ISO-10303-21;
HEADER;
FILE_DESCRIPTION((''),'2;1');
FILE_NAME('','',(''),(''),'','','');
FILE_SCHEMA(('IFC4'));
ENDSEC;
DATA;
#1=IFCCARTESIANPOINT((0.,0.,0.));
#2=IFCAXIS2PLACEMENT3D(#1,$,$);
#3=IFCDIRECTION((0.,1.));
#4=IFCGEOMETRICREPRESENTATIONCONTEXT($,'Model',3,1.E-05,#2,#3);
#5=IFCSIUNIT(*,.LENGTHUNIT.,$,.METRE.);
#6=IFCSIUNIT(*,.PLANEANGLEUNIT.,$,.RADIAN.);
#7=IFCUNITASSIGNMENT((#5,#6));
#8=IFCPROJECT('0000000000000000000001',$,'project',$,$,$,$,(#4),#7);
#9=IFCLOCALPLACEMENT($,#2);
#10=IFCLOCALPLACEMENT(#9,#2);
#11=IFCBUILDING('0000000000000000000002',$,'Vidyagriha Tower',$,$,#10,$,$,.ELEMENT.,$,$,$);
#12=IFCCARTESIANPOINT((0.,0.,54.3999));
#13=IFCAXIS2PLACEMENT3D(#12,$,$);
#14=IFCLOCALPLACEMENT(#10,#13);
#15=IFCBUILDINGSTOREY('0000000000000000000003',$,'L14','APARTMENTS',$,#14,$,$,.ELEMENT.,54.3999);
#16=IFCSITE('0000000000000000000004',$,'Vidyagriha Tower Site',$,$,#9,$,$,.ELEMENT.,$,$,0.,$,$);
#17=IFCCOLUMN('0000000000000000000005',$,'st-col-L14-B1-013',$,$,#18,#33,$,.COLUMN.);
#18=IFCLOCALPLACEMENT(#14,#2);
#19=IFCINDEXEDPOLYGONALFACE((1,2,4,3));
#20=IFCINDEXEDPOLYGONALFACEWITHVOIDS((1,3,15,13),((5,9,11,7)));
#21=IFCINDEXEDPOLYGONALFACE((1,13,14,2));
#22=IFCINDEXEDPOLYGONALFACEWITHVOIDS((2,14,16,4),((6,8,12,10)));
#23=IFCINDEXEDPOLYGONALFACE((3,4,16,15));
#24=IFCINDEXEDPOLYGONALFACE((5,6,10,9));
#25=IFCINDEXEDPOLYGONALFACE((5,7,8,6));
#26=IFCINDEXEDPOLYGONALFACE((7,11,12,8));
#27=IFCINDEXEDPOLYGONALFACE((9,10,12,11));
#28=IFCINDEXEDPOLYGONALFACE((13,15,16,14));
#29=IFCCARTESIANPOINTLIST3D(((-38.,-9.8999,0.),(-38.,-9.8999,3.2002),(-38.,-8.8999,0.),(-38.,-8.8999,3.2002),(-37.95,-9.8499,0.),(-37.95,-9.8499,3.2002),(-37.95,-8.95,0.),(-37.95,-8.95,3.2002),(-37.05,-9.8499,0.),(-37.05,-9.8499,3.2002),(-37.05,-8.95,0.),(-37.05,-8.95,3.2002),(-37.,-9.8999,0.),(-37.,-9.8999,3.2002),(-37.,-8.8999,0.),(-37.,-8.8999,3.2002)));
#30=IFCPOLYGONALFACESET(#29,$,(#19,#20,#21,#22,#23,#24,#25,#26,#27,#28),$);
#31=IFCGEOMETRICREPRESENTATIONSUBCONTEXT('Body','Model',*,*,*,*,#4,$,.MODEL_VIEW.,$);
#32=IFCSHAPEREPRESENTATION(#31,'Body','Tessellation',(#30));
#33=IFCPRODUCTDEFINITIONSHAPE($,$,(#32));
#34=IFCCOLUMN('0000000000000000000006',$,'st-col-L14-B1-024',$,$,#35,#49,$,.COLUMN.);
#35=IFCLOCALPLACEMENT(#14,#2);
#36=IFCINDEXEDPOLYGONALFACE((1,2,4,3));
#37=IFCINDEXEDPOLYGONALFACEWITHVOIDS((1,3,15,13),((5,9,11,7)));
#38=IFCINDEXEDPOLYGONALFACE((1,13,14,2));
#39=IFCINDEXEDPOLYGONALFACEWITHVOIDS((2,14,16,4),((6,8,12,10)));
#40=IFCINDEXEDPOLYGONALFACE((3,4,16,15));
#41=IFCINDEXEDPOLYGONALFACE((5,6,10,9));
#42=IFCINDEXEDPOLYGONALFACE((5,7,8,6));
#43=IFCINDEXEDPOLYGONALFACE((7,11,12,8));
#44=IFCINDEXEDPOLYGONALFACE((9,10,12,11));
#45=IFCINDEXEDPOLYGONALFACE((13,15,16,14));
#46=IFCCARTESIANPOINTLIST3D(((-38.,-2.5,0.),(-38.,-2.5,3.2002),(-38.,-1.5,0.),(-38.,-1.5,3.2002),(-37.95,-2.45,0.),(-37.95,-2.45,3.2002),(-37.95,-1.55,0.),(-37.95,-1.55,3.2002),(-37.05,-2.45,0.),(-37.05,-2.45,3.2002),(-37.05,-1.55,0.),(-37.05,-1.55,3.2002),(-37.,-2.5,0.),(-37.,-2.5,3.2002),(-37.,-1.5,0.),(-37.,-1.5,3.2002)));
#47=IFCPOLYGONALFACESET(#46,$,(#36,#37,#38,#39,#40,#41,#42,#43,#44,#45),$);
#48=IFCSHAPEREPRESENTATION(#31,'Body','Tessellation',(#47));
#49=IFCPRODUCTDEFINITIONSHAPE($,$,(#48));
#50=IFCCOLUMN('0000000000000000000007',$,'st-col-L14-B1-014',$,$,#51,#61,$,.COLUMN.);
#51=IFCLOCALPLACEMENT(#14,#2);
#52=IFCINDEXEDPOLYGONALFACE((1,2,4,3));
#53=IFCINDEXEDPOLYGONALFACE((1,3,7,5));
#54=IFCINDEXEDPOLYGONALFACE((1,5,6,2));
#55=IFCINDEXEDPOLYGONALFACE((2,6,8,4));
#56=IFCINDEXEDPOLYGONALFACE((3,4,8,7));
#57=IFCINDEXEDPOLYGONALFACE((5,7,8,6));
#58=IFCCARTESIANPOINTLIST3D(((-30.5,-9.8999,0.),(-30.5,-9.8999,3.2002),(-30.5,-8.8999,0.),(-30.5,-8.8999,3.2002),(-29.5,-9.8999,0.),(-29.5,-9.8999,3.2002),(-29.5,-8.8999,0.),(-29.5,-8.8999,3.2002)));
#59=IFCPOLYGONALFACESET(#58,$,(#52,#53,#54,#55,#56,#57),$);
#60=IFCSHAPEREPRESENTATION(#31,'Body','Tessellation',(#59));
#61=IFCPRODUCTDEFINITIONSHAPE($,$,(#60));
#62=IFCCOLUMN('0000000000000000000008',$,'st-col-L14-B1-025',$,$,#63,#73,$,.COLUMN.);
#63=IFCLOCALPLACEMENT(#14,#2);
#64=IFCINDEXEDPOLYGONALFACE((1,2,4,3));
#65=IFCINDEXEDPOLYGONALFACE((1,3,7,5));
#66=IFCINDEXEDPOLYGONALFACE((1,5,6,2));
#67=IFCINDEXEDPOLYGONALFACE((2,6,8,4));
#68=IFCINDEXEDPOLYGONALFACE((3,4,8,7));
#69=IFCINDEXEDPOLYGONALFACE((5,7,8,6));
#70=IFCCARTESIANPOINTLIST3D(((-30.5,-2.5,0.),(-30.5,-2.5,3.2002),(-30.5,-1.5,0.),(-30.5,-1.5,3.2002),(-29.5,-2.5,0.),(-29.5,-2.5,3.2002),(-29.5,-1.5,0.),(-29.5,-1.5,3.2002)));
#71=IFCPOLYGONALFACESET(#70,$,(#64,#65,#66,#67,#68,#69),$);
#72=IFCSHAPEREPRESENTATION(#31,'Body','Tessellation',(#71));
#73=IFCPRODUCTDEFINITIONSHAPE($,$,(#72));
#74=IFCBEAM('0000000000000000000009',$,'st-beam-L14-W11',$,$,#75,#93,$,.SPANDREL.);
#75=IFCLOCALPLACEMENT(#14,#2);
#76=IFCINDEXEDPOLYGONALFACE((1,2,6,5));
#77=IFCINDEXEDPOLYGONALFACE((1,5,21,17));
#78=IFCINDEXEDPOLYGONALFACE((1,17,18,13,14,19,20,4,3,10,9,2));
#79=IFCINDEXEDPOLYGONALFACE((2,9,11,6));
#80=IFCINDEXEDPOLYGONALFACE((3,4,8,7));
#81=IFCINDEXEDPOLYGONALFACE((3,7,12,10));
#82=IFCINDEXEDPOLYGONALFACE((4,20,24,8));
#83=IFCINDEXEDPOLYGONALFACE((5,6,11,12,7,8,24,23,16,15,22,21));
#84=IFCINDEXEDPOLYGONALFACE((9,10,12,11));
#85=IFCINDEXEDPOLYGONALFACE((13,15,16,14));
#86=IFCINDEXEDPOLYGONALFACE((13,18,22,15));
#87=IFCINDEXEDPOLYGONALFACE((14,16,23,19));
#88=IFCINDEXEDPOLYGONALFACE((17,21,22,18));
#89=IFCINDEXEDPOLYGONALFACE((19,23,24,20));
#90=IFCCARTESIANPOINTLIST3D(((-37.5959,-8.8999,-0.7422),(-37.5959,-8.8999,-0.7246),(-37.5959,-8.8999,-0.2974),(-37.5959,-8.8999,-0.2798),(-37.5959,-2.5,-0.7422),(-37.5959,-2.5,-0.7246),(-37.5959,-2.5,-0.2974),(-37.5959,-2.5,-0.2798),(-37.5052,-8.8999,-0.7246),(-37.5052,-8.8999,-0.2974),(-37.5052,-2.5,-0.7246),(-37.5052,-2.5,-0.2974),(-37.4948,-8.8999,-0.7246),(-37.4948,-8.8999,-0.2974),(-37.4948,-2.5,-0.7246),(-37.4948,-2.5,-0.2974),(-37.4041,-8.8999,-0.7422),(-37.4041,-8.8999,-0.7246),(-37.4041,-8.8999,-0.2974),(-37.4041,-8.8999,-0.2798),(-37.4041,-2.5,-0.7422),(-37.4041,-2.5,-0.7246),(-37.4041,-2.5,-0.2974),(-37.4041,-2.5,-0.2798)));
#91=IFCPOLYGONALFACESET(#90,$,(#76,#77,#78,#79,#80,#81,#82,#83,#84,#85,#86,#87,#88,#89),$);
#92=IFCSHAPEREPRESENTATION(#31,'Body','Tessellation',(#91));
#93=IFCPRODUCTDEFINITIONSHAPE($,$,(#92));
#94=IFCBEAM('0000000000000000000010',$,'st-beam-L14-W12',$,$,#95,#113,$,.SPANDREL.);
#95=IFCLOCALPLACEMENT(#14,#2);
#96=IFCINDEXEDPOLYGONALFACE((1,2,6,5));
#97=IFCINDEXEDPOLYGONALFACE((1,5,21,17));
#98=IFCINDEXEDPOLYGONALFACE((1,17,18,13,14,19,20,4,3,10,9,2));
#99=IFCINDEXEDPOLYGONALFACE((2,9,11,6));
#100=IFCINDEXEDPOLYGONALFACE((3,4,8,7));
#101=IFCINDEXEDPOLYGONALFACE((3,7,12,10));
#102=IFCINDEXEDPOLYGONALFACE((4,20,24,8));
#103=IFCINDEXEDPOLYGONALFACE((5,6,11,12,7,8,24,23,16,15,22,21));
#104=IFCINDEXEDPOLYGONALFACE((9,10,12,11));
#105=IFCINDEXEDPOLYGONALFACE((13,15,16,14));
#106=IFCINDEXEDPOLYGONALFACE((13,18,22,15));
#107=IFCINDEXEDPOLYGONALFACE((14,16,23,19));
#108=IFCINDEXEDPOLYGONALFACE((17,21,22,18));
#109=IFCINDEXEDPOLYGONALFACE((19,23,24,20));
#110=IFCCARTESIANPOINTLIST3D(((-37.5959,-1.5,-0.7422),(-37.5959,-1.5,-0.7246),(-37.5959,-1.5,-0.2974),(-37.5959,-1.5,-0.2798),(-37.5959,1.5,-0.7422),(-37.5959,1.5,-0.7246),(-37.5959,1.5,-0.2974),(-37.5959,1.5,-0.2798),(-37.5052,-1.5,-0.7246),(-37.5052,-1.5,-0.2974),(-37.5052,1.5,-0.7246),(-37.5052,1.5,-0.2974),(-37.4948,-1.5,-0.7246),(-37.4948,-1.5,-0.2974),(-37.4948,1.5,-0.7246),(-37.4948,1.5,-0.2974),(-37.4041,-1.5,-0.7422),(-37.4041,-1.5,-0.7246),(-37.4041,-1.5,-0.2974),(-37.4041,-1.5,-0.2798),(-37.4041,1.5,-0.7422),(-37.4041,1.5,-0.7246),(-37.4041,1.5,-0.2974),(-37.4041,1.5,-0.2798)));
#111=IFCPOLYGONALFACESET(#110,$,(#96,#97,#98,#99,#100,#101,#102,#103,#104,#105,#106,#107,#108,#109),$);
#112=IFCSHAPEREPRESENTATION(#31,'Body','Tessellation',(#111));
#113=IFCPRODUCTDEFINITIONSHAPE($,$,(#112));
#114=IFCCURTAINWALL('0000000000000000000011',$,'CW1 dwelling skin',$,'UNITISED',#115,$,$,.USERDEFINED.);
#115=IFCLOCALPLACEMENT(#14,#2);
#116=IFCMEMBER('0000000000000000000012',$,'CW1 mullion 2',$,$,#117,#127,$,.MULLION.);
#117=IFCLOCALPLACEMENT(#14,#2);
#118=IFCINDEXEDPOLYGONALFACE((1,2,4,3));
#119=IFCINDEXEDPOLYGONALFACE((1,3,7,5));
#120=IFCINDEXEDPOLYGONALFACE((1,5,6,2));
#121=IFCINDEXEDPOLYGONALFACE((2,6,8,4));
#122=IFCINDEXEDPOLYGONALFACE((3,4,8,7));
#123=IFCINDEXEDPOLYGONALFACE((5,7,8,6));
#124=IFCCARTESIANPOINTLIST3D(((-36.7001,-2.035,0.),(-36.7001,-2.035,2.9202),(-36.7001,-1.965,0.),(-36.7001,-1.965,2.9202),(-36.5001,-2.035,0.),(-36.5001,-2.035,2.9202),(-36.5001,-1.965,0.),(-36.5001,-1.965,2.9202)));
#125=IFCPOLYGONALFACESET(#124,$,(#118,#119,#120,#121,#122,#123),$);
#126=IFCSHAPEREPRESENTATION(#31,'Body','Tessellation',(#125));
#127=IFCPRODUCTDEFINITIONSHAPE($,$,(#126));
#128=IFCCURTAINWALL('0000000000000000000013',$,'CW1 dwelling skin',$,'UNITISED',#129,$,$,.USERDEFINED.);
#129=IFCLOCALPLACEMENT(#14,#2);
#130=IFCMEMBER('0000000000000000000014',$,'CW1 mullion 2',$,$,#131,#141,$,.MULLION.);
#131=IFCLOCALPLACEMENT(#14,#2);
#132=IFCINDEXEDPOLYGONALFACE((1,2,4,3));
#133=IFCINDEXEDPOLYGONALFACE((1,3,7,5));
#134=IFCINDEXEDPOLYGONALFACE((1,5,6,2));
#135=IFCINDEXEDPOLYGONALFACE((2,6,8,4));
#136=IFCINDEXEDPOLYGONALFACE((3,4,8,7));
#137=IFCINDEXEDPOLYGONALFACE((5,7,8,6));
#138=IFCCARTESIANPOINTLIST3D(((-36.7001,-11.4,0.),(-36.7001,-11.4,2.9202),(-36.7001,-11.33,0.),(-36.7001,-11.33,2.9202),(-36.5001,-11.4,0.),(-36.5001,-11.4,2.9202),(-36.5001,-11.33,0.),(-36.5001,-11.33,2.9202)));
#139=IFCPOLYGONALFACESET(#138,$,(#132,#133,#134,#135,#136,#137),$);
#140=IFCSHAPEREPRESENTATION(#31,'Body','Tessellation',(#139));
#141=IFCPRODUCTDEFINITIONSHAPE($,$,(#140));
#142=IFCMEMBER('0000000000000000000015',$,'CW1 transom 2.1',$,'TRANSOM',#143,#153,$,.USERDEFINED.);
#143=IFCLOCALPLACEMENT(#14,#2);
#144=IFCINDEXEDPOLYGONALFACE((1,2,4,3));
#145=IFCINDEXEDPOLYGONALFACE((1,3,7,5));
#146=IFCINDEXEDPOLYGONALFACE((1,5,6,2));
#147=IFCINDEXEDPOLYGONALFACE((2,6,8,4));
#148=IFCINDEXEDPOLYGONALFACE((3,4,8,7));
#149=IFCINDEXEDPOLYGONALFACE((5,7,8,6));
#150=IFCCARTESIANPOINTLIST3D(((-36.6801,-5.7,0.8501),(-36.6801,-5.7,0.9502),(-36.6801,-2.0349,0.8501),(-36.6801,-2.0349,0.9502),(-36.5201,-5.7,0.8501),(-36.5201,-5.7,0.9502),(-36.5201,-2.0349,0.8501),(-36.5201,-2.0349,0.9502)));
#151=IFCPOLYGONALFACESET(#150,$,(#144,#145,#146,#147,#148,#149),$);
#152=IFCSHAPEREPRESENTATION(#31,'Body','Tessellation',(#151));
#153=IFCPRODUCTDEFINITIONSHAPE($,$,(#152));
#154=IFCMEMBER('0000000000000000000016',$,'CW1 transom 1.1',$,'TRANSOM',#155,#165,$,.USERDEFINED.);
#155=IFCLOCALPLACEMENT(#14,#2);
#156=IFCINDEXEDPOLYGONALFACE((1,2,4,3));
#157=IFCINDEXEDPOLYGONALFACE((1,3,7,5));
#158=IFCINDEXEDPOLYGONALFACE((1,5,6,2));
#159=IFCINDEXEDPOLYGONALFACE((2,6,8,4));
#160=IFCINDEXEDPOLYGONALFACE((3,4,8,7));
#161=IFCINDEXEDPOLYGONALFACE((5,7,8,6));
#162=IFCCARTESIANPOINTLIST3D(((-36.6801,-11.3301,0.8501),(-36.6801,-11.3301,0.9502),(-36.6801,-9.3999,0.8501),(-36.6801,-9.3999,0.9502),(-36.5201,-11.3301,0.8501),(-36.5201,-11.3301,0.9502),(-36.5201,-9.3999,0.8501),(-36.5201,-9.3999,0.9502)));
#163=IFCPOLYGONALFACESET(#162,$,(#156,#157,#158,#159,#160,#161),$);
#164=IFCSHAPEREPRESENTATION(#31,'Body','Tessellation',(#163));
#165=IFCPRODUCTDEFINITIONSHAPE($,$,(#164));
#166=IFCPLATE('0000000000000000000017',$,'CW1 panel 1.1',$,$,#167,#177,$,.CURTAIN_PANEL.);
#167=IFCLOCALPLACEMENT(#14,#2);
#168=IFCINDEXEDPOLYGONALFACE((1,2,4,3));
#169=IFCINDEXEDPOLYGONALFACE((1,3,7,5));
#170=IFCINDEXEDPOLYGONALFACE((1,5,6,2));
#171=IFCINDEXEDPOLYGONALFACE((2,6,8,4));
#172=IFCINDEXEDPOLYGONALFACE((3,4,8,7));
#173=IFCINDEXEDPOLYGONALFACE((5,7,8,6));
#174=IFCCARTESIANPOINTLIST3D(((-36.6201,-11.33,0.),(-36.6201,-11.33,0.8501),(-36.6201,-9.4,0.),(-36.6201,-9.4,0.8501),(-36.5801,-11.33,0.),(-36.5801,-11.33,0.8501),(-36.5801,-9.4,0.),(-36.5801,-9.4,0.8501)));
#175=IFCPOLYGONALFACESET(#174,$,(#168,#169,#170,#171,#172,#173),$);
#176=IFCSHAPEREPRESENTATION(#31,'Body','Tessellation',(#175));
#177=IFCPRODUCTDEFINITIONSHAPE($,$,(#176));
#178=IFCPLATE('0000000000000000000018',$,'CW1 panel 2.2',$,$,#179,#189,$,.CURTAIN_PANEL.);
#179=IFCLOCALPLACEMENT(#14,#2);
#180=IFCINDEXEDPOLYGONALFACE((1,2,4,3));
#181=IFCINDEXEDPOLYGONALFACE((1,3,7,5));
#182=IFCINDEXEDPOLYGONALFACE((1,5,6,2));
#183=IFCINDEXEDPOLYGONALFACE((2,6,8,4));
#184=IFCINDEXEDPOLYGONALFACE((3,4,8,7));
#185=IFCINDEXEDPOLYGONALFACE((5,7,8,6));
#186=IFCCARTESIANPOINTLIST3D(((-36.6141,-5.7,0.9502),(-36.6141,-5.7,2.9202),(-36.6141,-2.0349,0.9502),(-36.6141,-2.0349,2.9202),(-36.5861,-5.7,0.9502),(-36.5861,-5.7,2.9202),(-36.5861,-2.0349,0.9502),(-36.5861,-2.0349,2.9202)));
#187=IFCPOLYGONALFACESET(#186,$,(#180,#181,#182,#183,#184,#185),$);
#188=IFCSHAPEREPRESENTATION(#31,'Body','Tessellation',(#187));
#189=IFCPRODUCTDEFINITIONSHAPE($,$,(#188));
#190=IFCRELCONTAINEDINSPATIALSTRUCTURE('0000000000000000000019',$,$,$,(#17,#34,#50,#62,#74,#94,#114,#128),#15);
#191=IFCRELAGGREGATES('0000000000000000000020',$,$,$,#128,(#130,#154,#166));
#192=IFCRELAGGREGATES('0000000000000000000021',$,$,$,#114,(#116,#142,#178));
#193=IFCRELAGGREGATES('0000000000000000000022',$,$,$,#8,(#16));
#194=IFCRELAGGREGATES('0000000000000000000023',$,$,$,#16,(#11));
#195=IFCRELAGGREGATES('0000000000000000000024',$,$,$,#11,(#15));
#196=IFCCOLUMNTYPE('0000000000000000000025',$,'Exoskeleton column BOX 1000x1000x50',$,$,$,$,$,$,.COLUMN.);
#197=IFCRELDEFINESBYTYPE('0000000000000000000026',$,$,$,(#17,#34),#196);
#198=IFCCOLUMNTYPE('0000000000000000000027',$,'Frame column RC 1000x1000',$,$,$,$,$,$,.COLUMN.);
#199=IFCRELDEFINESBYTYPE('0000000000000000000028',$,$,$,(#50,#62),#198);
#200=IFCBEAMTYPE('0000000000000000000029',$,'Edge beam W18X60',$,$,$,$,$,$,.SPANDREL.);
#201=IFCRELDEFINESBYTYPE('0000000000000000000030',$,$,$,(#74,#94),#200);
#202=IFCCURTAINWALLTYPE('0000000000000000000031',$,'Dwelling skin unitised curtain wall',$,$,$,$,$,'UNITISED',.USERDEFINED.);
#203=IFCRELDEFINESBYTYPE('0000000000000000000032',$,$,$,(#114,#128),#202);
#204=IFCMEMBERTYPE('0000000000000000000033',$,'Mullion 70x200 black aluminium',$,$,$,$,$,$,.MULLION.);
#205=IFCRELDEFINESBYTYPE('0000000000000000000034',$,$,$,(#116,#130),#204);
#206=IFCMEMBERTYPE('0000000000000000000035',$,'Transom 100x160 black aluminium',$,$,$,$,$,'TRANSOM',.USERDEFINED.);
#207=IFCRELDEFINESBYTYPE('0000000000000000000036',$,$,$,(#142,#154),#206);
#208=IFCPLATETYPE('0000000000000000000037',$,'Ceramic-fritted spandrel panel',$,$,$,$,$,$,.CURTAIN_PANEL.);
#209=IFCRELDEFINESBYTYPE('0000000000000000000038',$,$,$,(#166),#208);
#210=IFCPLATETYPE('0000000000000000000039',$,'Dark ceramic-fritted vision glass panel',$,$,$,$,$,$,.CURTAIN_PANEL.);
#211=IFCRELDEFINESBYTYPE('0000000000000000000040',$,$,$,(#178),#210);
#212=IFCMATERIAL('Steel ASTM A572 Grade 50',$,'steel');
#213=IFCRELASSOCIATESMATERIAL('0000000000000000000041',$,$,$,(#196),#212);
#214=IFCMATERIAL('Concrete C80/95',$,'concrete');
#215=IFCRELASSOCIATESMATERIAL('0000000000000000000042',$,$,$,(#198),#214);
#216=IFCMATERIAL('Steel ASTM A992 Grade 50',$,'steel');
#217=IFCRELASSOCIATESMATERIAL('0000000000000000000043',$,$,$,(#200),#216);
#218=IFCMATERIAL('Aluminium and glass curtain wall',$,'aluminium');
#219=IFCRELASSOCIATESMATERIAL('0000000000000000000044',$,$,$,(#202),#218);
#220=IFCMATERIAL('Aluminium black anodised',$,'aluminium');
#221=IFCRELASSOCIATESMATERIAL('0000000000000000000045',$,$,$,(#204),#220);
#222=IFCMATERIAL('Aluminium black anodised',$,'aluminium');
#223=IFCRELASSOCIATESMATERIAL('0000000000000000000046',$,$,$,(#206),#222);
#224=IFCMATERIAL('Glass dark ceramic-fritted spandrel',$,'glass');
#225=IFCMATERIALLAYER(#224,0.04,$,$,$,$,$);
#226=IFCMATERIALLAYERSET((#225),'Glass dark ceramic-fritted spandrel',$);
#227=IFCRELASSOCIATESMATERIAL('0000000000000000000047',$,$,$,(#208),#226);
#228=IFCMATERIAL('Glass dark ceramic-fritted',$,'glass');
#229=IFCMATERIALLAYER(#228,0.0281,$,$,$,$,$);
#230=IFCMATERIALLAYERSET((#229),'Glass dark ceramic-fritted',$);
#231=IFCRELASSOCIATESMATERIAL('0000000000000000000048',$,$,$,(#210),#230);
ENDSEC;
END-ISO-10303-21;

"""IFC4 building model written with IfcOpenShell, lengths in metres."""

from ifc_helpers import new_model, si_unit, direction, frame, origin, origin_2d, place, context, subcontext, project, spatial, rectangle, hollow_rectangle, i_section, extrude, material, layer, layer_set, material_profile, profile_set, type_object, element, aggregate, save


model = new_model("IFC4")

# Units and contexts
model_context = context("Model", 3, precision=1e-05, world=origin(), true_north=direction((0.0, 1.0)))
body_context = subcontext(model_context, "Body", "Model", "MODEL_VIEW")
ifc_project = project(units=[si_unit("LENGTHUNIT", "METRE"), si_unit("PLANEANGLEUNIT", "RADIAN")], contexts=[model_context])

# Site, building, storey
site_placement = place(None, origin())
site = spatial("IfcSite", under=ifc_project, at=site_placement, Name="Vidyagriha Tower Site", CompositionType="ELEMENT", RefElevation=0.0)
building_placement = place(site_placement, origin())
building = spatial("IfcBuilding", under=site, at=building_placement, Name="Vidyagriha Tower", CompositionType="ELEMENT")
storey_placement = place(building_placement, frame((0.0, 0.0, 54.3999)))
storey = spatial("IfcBuildingStorey", under=building, at=storey_placement, Name="L14", Description="APARTMENTS", CompositionType="ELEMENT", Elevation=54.3999)

# Columns
ifc_material_1 = material(Name="Steel ASTM A572 Grade 50", Category="steel")
ifc_material_profile_1 = material_profile(ifc_material_1, hollow_rectangle(XDim=1.0, YDim=1.0, WallThickness=0.05, at=origin_2d()), Name="BOX 1000x1000x50")
ifc_profile_set_1 = profile_set([ifc_material_profile_1], Name="Steel ASTM A572 Grade 50")
column_type_1 = type_object("IfcColumnType", Name="Exoskeleton column BOX 1000x1000x50", PredefinedType="COLUMN", material=ifc_profile_set_1)
for number, where, name in (
    (1, (-37.5, -9.3999, 0.0), "st-col-L14-B1-013"),
    (2, (-37.5, -2.0, 0.0), "st-col-L14-B1-024"),
):
    element("IfcColumn", number, at=place(storey_placement, frame(where)), inside=storey, type_object=column_type_1, Name=name, PredefinedType="COLUMN", context=body_context, shape_type="SweptSolid", body=[
        extrude(hollow_rectangle(XDim=1.0, YDim=1.0, WallThickness=0.05, at=origin_2d()), origin(), (0.0, 0.0, 1.0), 3.2002),
    ])
ifc_material_2 = material(Name="Concrete C80/95", Category="concrete")
ifc_material_profile_2 = material_profile(ifc_material_2, rectangle(XDim=1.0, YDim=1.0, at=origin_2d()), Name="RC 1000x1000")
ifc_profile_set_2 = profile_set([ifc_material_profile_2], Name="Concrete C80/95")
column_type_2 = type_object("IfcColumnType", Name="Frame column RC 1000x1000", PredefinedType="COLUMN", material=ifc_profile_set_2)
for number, where, name in (
    (3, (-30.0, -9.3999, 0.0), "st-col-L14-B1-014"),
    (4, (-30.0, -2.0, 0.0), "st-col-L14-B1-025"),
):
    element("IfcColumn", number, at=place(storey_placement, frame(where)), inside=storey, type_object=column_type_2, Name=name, PredefinedType="COLUMN", context=body_context, shape_type="SweptSolid", body=[
        extrude(rectangle(XDim=1.0, YDim=1.0, at=origin_2d()), origin(), (0.0, 0.0, 1.0), 3.2002),
    ])

# Beams
ifc_material_3 = material(Name="Steel ASTM A992 Grade 50", Category="steel")
ifc_material_profile_3 = material_profile(ifc_material_3, i_section(OverallWidth=0.1919, OverallDepth=0.4624, WebThickness=0.0105, FlangeThickness=0.0176, at=origin_2d()), Name="W18X60")
ifc_profile_set_3 = profile_set([ifc_material_profile_3], Name="Steel ASTM A992 Grade 50")
beam_type = type_object("IfcBeamType", Name="Edge beam W18X60", PredefinedType="SPANDREL", material=ifc_profile_set_3)
beam_1_placement = place(storey_placement, frame((-37.5, -8.8999, -0.511), z_axis=(0.0, 1.0, 0.0), x_axis=(-1.0, 0.0, 0.0)))
element("IfcBeam", 5, at=beam_1_placement, inside=storey, type_object=beam_type, Name="st-beam-L14-W11", PredefinedType="SPANDREL", context=body_context, shape_type="SweptSolid", body=[
    extrude(i_section(OverallWidth=0.1919, OverallDepth=0.4624, WebThickness=0.0105, FlangeThickness=0.0176, at=origin_2d()), origin(), (0.0, 0.0, 1.0), 6.3999),
])
beam_2_placement = place(storey_placement, frame((-37.5, -1.5, -0.511), z_axis=(0.0, 1.0, 0.0), x_axis=(-1.0, 0.0, 0.0)))
element("IfcBeam", 6, at=beam_2_placement, inside=storey, type_object=beam_type, Name="st-beam-L14-W12", PredefinedType="SPANDREL", context=body_context, shape_type="SweptSolid", body=[
    extrude(i_section(OverallWidth=0.1919, OverallDepth=0.4624, WebThickness=0.0105, FlangeThickness=0.0176, at=origin_2d()), origin(), (0.0, 0.0, 1.0), 3.0),
])

# Curtain walls, members
ifc_material_4 = material(Name="Aluminium and glass curtain wall", Category="aluminium")
curtain_wall_type = type_object("IfcCurtainWallType", Name="Dwelling skin unitised curtain wall", ElementType="UNITISED", PredefinedType="USERDEFINED", material=ifc_material_4)
curtain_wall_1_placement = place(storey_placement, origin())
curtain_wall_1 = element("IfcCurtainWall", 7, at=curtain_wall_1_placement, inside=storey, type_object=curtain_wall_type, Name="CW1 dwelling skin", ObjectType="UNITISED", PredefinedType="USERDEFINED")
ifc_material_5 = material(Name="Aluminium black anodised", Category="aluminium")
ifc_material_profile_4 = material_profile(ifc_material_5, rectangle(XDim=0.2, YDim=0.0701, at=origin_2d()), Name="Mullion 70x200 black aluminium")
ifc_profile_set_4 = profile_set([ifc_material_profile_4], Name="Aluminium black anodised")
member_type_1 = type_object("IfcMemberType", Name="Mullion 70x200 black aluminium", PredefinedType="MULLION", material=ifc_profile_set_4)
member_1_placement = place(storey_placement, frame((-36.6001, -2.0, 0.0)))
member_1 = element("IfcMember", 8, at=member_1_placement, type_object=member_type_1, Name="CW1 mullion 2", PredefinedType="MULLION", context=body_context, shape_type="SweptSolid", body=[
    extrude(rectangle(XDim=0.2, YDim=0.0701, at=origin_2d()), origin(), (0.0, 0.0, 1.0), 2.9202),
])
curtain_wall_2_placement = place(storey_placement, origin())
curtain_wall_2 = element("IfcCurtainWall", 9, at=curtain_wall_2_placement, inside=storey, type_object=curtain_wall_type, Name="CW1 dwelling skin", ObjectType="UNITISED", PredefinedType="USERDEFINED")
member_2_placement = place(storey_placement, frame((-36.6001, -11.365, 0.0)))
member_2 = element("IfcMember", 10, at=member_2_placement, type_object=member_type_1, Name="CW1 mullion 2", PredefinedType="MULLION", context=body_context, shape_type="SweptSolid", body=[
    extrude(rectangle(XDim=0.2, YDim=0.0701, at=origin_2d()), origin(), (0.0, 0.0, 1.0), 2.9202),
])

# Members
ifc_material_6 = material(Name="Aluminium black anodised", Category="aluminium")
ifc_material_profile_5 = material_profile(ifc_material_6, rectangle(XDim=0.1599, YDim=0.1001, at=origin_2d()), Name="Transom 100x160 black aluminium")
ifc_profile_set_5 = profile_set([ifc_material_profile_5], Name="Aluminium black anodised")
member_type_2 = type_object("IfcMemberType", Name="Transom 100x160 black aluminium", ElementType="TRANSOM", PredefinedType="USERDEFINED", material=ifc_profile_set_5)
member_3_placement = place(storey_placement, frame((-36.6001, -2.0349, 0.9001), z_axis=(0.0, -1.0, 0.0), x_axis=(1.0, 0.0, 0.0)))
member_3 = element("IfcMember", 11, at=member_3_placement, type_object=member_type_2, Name="CW1 transom 2.1", ObjectType="TRANSOM", PredefinedType="USERDEFINED", context=body_context, shape_type="SweptSolid", body=[
    extrude(rectangle(XDim=0.1599, YDim=0.1001, at=origin_2d()), origin(), (0.0, 0.0, 1.0), 3.665),
])
member_4_placement = place(storey_placement, frame((-36.6001, -9.3999, 0.9001), z_axis=(0.0, -1.0, 0.0), x_axis=(1.0, 0.0, 0.0)))
member_4 = element("IfcMember", 12, at=member_4_placement, type_object=member_type_2, Name="CW1 transom 1.1", ObjectType="TRANSOM", PredefinedType="USERDEFINED", context=body_context, shape_type="SweptSolid", body=[
    extrude(rectangle(XDim=0.1599, YDim=0.1001, at=origin_2d()), origin(), (0.0, 0.0, 1.0), 1.9302),
])

# Plates
ifc_material_7 = material(Name="Glass dark ceramic-fritted spandrel", Category="glass")
ifc_layer_1 = layer(ifc_material_7, 0.04)
ifc_layer_set_1 = layer_set([ifc_layer_1], Name="Glass dark ceramic-fritted spandrel")
plate_type_1 = type_object("IfcPlateType", Name="Ceramic-fritted spandrel panel", PredefinedType="CURTAIN_PANEL", material=ifc_layer_set_1)
plate_1_placement = place(storey_placement, frame((-36.6001, -10.365, 0.0), z_axis=(0.0, 0.0, 1.0), x_axis=(0.0, -1.0, 0.0)))
plate_1 = element("IfcPlate", 13, at=plate_1_placement, type_object=plate_type_1, Name="CW1 panel 1.1", PredefinedType="CURTAIN_PANEL", context=body_context, shape_type="SweptSolid", body=[
    extrude(rectangle(XDim=1.9299, YDim=0.04, at=origin_2d()), origin(), (0.0, 0.0, 1.0), 0.8501),
])
ifc_material_8 = material(Name="Glass dark ceramic-fritted", Category="glass")
ifc_layer_2 = layer(ifc_material_8, 0.0281)
ifc_layer_set_2 = layer_set([ifc_layer_2], Name="Glass dark ceramic-fritted")
plate_type_2 = type_object("IfcPlateType", Name="Dark ceramic-fritted vision glass panel", PredefinedType="CURTAIN_PANEL", material=ifc_layer_set_2)
plate_2_placement = place(storey_placement, frame((-36.6001, -3.8674, 0.9502), z_axis=(0.0, 0.0, 1.0), x_axis=(0.0, -1.0, 0.0)))
plate_2 = element("IfcPlate", 14, at=plate_2_placement, type_object=plate_type_2, Name="CW1 panel 2.2", PredefinedType="CURTAIN_PANEL", context=body_context, shape_type="SweptSolid", body=[
    extrude(rectangle(XDim=3.665, YDim=0.0281, at=origin_2d()), origin(), (0.0, 0.0, 1.0), 1.97),
])
aggregate(curtain_wall_2, [member_2, member_4, plate_1])
aggregate(curtain_wall_1, [member_1, member_3, plate_2])

save(model, "model.ifc")
